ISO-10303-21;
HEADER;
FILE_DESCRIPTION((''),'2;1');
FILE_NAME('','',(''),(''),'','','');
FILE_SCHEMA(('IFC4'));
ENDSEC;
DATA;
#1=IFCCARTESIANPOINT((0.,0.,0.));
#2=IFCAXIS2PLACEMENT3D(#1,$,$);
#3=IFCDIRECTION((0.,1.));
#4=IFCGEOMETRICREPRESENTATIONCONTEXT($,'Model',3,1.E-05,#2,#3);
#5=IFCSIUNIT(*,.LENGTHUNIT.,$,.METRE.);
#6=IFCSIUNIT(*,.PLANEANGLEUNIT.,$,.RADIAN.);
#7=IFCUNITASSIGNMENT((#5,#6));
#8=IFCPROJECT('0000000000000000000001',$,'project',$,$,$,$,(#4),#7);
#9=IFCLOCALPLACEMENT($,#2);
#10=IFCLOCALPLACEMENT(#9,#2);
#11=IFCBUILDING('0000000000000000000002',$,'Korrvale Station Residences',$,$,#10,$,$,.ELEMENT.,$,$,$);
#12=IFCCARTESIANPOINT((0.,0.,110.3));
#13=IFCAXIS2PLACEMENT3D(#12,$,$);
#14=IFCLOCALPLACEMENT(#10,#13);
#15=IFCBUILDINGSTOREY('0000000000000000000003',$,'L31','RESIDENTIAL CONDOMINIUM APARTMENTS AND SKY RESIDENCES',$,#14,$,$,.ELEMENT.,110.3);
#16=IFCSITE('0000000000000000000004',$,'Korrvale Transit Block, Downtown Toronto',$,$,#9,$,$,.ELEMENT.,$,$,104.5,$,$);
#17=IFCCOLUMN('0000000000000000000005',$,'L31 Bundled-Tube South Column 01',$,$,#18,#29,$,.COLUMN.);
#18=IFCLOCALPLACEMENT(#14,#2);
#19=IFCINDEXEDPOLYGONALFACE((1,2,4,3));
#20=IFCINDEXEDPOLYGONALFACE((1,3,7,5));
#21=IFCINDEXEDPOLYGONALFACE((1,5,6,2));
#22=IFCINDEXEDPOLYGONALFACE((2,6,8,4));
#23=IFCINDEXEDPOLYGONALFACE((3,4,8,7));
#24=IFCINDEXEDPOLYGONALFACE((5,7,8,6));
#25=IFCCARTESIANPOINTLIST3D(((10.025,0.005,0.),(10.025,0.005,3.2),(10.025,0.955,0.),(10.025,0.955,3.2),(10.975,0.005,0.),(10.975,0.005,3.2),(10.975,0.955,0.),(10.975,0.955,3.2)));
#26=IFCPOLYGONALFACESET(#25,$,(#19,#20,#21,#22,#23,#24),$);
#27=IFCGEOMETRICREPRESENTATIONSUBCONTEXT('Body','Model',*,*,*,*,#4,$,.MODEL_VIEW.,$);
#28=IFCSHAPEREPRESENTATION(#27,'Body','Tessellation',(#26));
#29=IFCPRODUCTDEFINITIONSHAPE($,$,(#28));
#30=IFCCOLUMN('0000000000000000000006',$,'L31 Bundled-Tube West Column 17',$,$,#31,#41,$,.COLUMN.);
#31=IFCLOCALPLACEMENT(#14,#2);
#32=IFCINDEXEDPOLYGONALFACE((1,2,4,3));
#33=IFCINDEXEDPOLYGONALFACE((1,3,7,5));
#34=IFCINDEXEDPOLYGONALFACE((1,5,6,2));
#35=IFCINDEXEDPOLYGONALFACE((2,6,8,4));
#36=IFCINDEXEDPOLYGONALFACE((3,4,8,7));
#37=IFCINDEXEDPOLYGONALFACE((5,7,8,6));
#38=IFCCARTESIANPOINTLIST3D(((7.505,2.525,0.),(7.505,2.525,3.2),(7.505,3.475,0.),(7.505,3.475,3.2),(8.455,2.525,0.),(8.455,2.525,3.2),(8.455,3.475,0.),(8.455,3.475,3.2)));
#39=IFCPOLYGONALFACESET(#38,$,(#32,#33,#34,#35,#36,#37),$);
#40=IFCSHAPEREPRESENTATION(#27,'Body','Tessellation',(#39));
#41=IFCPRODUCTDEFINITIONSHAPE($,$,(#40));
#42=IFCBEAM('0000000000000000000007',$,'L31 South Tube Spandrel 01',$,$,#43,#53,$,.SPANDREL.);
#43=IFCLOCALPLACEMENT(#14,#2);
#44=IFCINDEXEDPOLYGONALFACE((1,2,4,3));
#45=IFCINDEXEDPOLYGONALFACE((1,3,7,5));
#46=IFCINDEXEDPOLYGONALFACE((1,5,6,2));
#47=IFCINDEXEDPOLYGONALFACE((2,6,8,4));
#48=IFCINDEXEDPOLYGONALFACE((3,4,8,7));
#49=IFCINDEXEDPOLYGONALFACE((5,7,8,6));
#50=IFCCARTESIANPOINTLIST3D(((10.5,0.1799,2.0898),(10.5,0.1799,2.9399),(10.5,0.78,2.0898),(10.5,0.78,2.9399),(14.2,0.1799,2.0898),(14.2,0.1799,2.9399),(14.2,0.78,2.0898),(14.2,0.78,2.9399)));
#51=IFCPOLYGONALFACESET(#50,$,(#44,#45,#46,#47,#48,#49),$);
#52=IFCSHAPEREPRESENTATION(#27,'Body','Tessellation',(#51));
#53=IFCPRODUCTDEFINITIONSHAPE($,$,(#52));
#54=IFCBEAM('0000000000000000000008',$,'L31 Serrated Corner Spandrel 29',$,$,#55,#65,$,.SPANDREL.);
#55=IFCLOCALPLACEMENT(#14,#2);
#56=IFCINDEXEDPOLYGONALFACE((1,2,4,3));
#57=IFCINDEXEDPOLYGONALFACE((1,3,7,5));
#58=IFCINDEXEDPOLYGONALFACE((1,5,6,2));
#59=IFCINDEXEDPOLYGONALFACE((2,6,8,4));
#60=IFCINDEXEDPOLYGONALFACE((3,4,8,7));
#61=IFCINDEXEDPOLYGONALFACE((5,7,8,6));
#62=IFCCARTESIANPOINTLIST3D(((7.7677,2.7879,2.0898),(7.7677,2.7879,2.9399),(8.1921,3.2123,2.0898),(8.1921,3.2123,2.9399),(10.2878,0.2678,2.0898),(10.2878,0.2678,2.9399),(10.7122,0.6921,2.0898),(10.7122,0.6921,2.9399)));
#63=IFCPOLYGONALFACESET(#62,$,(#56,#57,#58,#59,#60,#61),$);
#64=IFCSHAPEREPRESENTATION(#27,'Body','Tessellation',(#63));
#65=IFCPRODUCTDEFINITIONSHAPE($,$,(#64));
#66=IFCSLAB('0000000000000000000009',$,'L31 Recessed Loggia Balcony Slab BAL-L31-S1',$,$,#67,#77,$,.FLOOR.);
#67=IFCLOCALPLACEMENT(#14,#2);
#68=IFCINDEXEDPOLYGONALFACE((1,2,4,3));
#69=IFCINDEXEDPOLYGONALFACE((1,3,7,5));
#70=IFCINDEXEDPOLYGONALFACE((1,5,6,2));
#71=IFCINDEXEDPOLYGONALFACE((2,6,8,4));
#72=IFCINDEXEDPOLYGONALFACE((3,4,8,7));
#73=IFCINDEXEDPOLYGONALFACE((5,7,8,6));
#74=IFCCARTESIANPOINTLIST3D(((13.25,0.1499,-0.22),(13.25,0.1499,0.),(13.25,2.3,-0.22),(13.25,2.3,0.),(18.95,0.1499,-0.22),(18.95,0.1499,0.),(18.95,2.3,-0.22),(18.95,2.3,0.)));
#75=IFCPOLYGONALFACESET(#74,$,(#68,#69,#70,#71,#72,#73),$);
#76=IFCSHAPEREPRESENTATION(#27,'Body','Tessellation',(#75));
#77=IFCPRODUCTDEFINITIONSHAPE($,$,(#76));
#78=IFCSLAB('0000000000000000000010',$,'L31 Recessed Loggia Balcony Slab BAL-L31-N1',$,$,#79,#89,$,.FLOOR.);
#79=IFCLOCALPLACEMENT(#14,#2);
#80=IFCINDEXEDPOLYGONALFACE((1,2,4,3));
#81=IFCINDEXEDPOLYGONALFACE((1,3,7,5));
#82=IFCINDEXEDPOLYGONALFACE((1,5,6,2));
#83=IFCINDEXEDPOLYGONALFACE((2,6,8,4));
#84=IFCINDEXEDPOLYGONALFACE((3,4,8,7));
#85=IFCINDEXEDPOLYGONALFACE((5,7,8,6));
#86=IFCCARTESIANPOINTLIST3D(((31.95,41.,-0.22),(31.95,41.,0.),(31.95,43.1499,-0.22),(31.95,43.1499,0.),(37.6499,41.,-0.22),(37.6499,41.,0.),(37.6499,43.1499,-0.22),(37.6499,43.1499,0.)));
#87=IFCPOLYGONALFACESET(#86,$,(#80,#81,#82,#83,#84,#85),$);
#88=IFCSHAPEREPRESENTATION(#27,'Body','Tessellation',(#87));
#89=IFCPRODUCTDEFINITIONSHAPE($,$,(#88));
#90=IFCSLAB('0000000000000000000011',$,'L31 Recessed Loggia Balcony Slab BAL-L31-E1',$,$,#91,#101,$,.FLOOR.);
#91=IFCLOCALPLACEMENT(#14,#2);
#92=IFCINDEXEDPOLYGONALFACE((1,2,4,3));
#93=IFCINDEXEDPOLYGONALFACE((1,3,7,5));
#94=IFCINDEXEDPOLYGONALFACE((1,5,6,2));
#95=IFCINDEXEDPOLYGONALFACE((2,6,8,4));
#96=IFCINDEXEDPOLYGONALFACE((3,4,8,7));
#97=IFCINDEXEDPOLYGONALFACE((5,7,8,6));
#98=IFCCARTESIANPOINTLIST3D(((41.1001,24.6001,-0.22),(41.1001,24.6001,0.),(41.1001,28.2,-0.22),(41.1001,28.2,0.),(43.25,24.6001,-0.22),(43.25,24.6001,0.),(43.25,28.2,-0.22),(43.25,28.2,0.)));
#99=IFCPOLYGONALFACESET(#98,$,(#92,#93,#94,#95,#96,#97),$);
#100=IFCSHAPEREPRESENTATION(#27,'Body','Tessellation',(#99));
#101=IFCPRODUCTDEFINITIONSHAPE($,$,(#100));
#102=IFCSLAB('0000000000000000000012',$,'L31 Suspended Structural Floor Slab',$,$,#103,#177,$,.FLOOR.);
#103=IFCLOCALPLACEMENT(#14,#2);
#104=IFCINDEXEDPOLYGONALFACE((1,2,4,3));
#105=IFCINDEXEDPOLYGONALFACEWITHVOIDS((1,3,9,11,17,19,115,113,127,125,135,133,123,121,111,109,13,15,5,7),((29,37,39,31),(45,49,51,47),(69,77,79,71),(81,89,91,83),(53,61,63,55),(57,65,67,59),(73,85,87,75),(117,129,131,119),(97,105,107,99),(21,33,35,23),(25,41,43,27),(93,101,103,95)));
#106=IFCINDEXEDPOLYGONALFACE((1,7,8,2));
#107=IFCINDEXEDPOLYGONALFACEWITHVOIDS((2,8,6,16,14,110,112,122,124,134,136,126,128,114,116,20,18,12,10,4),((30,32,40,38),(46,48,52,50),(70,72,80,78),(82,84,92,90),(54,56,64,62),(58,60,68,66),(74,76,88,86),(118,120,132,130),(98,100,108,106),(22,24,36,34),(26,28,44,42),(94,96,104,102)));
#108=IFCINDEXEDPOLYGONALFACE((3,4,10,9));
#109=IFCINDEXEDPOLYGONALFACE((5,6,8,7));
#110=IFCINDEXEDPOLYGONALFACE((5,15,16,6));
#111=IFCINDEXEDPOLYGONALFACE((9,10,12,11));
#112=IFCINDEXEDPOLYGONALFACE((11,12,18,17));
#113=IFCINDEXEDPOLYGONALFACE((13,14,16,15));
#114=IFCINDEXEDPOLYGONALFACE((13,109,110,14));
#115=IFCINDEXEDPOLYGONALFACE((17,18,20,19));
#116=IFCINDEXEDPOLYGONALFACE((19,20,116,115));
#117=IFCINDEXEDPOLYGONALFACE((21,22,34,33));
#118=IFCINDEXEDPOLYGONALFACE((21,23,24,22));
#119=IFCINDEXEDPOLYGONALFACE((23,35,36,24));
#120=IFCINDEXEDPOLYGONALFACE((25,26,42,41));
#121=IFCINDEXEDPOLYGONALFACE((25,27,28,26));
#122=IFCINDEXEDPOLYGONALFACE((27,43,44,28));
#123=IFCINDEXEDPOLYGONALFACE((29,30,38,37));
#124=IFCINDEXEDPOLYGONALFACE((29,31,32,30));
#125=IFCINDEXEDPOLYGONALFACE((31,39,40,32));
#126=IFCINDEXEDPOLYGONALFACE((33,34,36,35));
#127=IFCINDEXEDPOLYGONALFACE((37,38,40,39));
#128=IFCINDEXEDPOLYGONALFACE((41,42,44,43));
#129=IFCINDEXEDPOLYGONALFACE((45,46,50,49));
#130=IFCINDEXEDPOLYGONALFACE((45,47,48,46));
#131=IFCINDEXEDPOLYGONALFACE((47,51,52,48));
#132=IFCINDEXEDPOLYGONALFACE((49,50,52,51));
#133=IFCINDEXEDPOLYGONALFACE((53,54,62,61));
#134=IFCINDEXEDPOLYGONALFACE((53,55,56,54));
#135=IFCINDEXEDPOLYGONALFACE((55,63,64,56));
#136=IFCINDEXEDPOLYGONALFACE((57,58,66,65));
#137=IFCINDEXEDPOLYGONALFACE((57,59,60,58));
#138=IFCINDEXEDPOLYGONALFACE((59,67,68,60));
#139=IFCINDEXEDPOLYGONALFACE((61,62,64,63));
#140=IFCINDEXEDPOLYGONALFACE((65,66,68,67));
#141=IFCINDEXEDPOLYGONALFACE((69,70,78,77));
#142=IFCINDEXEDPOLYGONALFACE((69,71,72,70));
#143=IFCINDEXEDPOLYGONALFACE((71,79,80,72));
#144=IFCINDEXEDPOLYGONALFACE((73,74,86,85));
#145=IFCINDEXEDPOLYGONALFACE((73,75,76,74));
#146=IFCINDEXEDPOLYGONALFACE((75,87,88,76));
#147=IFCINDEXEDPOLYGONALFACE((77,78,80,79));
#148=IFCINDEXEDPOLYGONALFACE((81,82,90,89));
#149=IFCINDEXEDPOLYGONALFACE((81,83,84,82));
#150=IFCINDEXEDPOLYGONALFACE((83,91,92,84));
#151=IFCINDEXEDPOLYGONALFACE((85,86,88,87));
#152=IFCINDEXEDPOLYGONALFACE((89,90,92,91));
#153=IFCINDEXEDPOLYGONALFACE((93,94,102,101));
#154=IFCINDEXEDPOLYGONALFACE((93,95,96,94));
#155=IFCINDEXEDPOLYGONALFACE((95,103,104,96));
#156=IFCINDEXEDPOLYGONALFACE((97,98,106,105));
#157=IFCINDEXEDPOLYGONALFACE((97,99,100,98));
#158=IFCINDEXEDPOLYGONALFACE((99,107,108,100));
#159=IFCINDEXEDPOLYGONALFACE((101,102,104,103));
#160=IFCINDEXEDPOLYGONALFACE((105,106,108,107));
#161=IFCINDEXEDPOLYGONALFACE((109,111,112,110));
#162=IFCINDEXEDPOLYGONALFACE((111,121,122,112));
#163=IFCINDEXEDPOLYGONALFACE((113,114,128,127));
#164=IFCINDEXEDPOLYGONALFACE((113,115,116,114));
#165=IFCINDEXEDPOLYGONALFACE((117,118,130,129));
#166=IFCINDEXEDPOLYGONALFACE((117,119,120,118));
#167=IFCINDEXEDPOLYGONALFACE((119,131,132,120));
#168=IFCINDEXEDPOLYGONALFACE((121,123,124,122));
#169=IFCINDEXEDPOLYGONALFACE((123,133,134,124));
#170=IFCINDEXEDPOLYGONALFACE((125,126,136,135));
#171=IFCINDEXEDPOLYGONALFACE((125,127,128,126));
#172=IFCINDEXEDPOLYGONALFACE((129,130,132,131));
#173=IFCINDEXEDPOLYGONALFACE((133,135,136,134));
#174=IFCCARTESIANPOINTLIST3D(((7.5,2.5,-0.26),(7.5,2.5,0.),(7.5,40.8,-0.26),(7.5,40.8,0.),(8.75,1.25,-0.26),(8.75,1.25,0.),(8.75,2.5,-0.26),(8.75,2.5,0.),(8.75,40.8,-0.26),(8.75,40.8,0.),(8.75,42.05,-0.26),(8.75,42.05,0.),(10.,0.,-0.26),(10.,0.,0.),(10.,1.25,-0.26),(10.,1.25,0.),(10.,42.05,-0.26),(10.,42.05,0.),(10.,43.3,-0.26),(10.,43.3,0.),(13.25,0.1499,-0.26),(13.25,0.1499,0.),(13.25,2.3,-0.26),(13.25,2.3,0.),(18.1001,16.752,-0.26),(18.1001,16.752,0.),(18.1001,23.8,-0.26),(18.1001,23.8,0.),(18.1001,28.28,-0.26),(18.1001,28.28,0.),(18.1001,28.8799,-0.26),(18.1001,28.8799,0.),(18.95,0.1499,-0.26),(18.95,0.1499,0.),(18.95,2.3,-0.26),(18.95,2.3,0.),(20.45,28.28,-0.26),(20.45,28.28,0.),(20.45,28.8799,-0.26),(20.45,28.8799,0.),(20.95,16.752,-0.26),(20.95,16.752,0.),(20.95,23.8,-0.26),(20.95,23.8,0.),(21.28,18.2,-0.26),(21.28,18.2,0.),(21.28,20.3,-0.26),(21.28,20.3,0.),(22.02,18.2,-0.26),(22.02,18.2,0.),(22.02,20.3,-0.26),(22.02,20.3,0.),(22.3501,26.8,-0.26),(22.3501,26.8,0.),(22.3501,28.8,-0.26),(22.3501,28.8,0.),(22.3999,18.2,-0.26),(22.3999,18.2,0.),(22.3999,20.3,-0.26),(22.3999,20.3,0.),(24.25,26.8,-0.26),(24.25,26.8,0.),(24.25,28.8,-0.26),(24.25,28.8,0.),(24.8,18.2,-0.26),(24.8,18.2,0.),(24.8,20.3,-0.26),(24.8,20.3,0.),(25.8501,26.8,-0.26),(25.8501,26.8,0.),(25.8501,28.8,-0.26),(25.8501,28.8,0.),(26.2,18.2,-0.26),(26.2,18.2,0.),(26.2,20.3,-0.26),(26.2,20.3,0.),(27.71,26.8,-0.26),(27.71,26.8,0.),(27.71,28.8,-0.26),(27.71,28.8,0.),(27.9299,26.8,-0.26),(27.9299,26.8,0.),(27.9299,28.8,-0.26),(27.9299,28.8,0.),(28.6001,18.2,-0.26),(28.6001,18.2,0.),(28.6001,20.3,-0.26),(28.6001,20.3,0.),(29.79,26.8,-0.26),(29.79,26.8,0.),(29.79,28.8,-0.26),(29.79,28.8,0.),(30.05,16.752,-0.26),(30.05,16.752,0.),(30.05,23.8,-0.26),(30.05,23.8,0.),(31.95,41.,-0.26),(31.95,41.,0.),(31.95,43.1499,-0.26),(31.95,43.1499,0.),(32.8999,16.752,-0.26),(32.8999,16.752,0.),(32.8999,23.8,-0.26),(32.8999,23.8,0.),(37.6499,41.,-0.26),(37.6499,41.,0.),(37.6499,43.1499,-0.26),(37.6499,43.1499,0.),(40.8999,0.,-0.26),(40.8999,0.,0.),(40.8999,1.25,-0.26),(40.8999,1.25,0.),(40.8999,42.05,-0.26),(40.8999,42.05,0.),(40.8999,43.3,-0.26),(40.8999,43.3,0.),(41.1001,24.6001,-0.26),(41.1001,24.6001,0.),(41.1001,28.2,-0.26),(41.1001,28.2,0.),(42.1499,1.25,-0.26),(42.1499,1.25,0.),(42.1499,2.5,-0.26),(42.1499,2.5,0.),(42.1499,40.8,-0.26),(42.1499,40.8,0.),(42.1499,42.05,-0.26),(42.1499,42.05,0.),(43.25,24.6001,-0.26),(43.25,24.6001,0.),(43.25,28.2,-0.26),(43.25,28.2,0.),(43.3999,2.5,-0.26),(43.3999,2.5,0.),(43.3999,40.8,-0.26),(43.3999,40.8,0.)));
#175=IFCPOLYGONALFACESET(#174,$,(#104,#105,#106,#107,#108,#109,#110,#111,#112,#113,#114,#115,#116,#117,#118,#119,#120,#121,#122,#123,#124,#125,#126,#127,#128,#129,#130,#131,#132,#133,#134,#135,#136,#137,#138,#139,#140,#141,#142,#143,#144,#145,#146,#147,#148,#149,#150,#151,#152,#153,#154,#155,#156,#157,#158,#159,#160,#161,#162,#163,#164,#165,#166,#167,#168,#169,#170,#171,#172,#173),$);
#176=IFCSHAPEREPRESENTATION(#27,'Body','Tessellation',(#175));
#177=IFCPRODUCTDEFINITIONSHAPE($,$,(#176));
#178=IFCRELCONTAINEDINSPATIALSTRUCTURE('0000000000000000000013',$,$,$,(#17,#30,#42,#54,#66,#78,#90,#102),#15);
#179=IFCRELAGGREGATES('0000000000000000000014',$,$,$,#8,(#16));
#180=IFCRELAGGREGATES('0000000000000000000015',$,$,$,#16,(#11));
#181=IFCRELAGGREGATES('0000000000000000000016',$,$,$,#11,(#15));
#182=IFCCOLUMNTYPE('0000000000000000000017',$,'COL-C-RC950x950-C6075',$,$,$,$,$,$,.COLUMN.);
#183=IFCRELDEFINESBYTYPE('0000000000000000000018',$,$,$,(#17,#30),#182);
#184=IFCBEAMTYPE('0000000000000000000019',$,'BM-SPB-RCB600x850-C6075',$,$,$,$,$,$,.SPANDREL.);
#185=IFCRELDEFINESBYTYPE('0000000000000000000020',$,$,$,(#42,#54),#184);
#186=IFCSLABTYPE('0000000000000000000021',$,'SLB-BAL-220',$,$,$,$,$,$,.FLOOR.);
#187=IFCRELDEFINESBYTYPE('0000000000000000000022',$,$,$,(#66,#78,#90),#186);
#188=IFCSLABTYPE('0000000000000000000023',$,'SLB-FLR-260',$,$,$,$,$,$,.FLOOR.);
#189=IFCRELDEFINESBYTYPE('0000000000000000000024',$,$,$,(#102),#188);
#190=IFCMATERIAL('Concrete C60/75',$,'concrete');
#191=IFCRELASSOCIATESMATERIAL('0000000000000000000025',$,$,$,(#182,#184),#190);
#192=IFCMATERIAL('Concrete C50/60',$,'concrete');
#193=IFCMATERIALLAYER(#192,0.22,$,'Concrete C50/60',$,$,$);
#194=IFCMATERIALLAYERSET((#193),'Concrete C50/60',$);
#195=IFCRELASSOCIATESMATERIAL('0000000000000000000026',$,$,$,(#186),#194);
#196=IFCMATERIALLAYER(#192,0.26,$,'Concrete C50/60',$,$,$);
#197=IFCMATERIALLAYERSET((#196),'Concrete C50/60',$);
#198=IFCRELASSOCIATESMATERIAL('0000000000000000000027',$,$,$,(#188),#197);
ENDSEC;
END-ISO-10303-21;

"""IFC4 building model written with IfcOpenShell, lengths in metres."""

from ifc_helpers import new_model, si_unit, direction, frame, origin, origin_2d, place, context, subcontext, project, spatial, polyline, rectangle, outline, extrude, material, layer, layer_set, material_profile, profile_set, type_object, element, save


model = new_model("IFC4")

# Units and contexts
model_context = context("Model", 3, precision=1e-05, world=origin(), true_north=direction((0.0, 1.0)))
body_context = subcontext(model_context, "Body", "Model", "MODEL_VIEW")
ifc_project = project(units=[si_unit("LENGTHUNIT", "METRE"), si_unit("PLANEANGLEUNIT", "RADIAN")], contexts=[model_context])

# Site, building, storey
site_placement = place(None, origin())
site = spatial("IfcSite", under=ifc_project, at=site_placement, Name="Korrvale Transit Block, Downtown Toronto", CompositionType="ELEMENT", RefElevation=104.5)
building_placement = place(site_placement, origin())
building = spatial("IfcBuilding", under=site, at=building_placement, Name="Korrvale Station Residences", CompositionType="ELEMENT")
storey_placement = place(building_placement, frame((0.0, 0.0, 110.3)))
storey = spatial("IfcBuildingStorey", under=building, at=storey_placement, Name="L31", Description="RESIDENTIAL CONDOMINIUM APARTMENTS AND SKY RESIDENCES", CompositionType="ELEMENT", Elevation=110.3)

# Columns
ifc_material_1 = material(Name="Concrete C60/75", Category="concrete")
ifc_material_profile_1 = material_profile(ifc_material_1, rectangle(XDim=0.95, YDim=0.95, at=origin_2d()), Name="RC950x950")
ifc_profile_set_1 = profile_set([ifc_material_profile_1], Name="Concrete C60/75")
column_type = type_object("IfcColumnType", Name="COL-C-RC950x950-C6075", PredefinedType="COLUMN", material=ifc_profile_set_1)
for number, where, z_axis, x_axis, name in (
    (1, (10.5, 0.48, 0.0), (0.0, 0.0, 1.0), (1.0, 0.0, 0.0), "L31 Bundled-Tube South Column 01"),
    (2, (7.98, 3.0, 0.0), (0.0, 0.0, 1.0), (1.0, 0.0, 0.0), "L31 Bundled-Tube West Column 17"),
):
    element("IfcColumn", number, at=place(storey_placement, frame(where, z_axis=z_axis, x_axis=x_axis)), inside=storey, type_object=column_type, Name=name, PredefinedType="COLUMN", context=body_context, shape_type="SweptSolid", body=[
        extrude(rectangle(XDim=0.95, YDim=0.95, at=origin_2d()), origin(), (0.0, 0.0, 1.0), 3.2),
    ])

# Beams
ifc_material_profile_2 = material_profile(ifc_material_1, rectangle(XDim=0.6001, YDim=0.8501, at=origin_2d()), Name="RCB600x850")
ifc_profile_set_2 = profile_set([ifc_material_profile_2], Name="Concrete C60/75")
beam_type = type_object("IfcBeamType", Name="BM-SPB-RCB600x850-C6075", PredefinedType="SPANDREL", material=ifc_profile_set_2)
beam_1_placement = place(storey_placement, frame((10.5, 0.48, 2.5149), z_axis=(1.0, 0.0, 0.0), x_axis=(0.0, 1.0, 0.0)))
element("IfcBeam", 3, at=beam_1_placement, inside=storey, type_object=beam_type, Name="L31 South Tube Spandrel 01", PredefinedType="SPANDREL", context=body_context, shape_type="SweptSolid", body=[
    extrude(rectangle(XDim=0.6001, YDim=0.8501, at=origin_2d()), origin(), (0.0, 0.0, 1.0), 3.7),
])
beam_2_placement = place(storey_placement, frame((10.5, 0.48, 2.5149), z_axis=(-0.707107, 0.707107, 0.0), x_axis=(-0.707107, -0.707107, 0.0)))
element("IfcBeam", 4, at=beam_2_placement, inside=storey, type_object=beam_type, Name="L31 Serrated Corner Spandrel 29", PredefinedType="SPANDREL", context=body_context, shape_type="SweptSolid", body=[
    extrude(rectangle(XDim=0.6001, YDim=0.8501, at=origin_2d()), origin(), (0.0, 0.0, 1.0), 3.564),
])

# Slabs
ifc_material_2 = material(Name="Concrete C50/60", Category="concrete")
ifc_layer_1 = layer(ifc_material_2, 0.22, Name="Concrete C50/60")
ifc_layer_set_1 = layer_set([ifc_layer_1], Name="Concrete C50/60")
slab_type_1 = type_object("IfcSlabType", Name="SLB-BAL-220", PredefinedType="FLOOR", material=ifc_layer_set_1)
slab_1_placement = place(storey_placement, frame((0.0, 0.0, -0.22)))
element("IfcSlab", 5, at=slab_1_placement, inside=storey, type_object=slab_type_1, Name="L31 Recessed Loggia Balcony Slab BAL-L31-S1", PredefinedType="FLOOR", context=body_context, shape_type="SweptSolid", body=[
    extrude(outline(polyline([(13.25, 0.1499), (18.95, 0.1499), (18.95, 2.3), (13.25, 2.3), (13.25, 0.1499)])), origin(), (0.0, 0.0, 1.0), 0.22),
])
slab_2_placement = place(storey_placement, frame((0.0, 0.0, -0.22)))
element("IfcSlab", 6, at=slab_2_placement, inside=storey, type_object=slab_type_1, Name="L31 Recessed Loggia Balcony Slab BAL-L31-N1", PredefinedType="FLOOR", context=body_context, shape_type="SweptSolid", body=[
    extrude(outline(polyline([(31.95, 41.0), (37.6499, 41.0), (37.6499, 43.1499), (31.95, 43.1499), (31.95, 41.0)])), origin(), (0.0, 0.0, 1.0), 0.22),
])
slab_3_placement = place(storey_placement, frame((0.0, 0.0, -0.22)))
element("IfcSlab", 7, at=slab_3_placement, inside=storey, type_object=slab_type_1, Name="L31 Recessed Loggia Balcony Slab BAL-L31-E1", PredefinedType="FLOOR", context=body_context, shape_type="SweptSolid", body=[
    extrude(outline(polyline([(41.1001, 24.6001), (43.25, 24.6001), (43.25, 28.2), (41.1001, 28.2), (41.1001, 24.6001)])), origin(), (0.0, 0.0, 1.0), 0.22),
])
ifc_layer_2 = layer(ifc_material_2, 0.26, Name="Concrete C50/60")
ifc_layer_set_2 = layer_set([ifc_layer_2], Name="Concrete C50/60")
slab_type_2 = type_object("IfcSlabType", Name="SLB-FLR-260", PredefinedType="FLOOR", material=ifc_layer_set_2)
slab_4_placement = place(storey_placement, frame((0.0, 0.0, -0.26)))
element("IfcSlab", 8, at=slab_4_placement, inside=storey, type_object=slab_type_2, Name="L31 Suspended Structural Floor Slab", PredefinedType="FLOOR", context=body_context, shape_type="SweptSolid", body=[
    extrude(outline(polyline([(10.0, 0.0), (40.8999, 0.0), (40.8999, 1.25), (42.1499, 1.25), (42.1499, 2.5), (43.3999, 2.5), (43.3999, 40.8), (42.1499, 40.8), (42.1499, 42.05), (40.8999, 42.05), (40.8999, 43.3), (10.0, 43.3), (10.0, 42.05), (8.75, 42.05), (8.75, 40.8), (7.5, 40.8), (7.5, 2.5), (8.75, 2.5), (8.75, 1.25), (10.0, 1.25), (10.0, 0.0)]), holes=[polyline([(20.95, 16.752), (20.95, 23.8), (18.1001, 23.8), (18.1001, 16.752), (20.95, 16.752)]), polyline([(32.8999, 16.752), (32.8999, 23.8), (30.05, 23.8), (30.05, 16.752), (32.8999, 16.752)]), polyline([(22.3501, 26.8), (24.25, 26.8), (24.25, 28.8), (22.3501, 28.8), (22.3501, 26.8)]), polyline([(25.8501, 26.8), (27.71, 26.8), (27.71, 28.8), (25.8501, 28.8), (25.8501, 26.8)]), polyline([(27.9299, 26.8), (29.79, 26.8), (29.79, 28.8), (27.9299, 28.8), (27.9299, 26.8)]), polyline([(22.3999, 18.2), (24.8, 18.2), (24.8, 20.3), (22.3999, 20.3), (22.3999, 18.2)]), polyline([(26.2, 18.2), (28.6001, 18.2), (28.6001, 20.3), (26.2, 20.3), (26.2, 18.2)]), polyline([(18.1001, 28.28), (20.45, 28.28), (20.45, 28.8799), (18.1001, 28.8799), (18.1001, 28.28)]), polyline([(21.28, 18.2), (22.02, 18.2), (22.02, 20.3), (21.28, 20.3), (21.28, 18.2)]), polyline([(13.25, 0.1499), (18.95, 0.1499), (18.95, 2.3), (13.25, 2.3), (13.25, 0.1499)]), polyline([(31.95, 41.0), (37.6499, 41.0), (37.6499, 43.1499), (31.95, 43.1499), (31.95, 41.0)]), polyline([(41.1001, 24.6001), (43.25, 24.6001), (43.25, 28.2), (41.1001, 28.2), (41.1001, 24.6001)])]), origin(), (0.0, 0.0, 1.0), 0.26),
])

save(model, "model.ifc")
